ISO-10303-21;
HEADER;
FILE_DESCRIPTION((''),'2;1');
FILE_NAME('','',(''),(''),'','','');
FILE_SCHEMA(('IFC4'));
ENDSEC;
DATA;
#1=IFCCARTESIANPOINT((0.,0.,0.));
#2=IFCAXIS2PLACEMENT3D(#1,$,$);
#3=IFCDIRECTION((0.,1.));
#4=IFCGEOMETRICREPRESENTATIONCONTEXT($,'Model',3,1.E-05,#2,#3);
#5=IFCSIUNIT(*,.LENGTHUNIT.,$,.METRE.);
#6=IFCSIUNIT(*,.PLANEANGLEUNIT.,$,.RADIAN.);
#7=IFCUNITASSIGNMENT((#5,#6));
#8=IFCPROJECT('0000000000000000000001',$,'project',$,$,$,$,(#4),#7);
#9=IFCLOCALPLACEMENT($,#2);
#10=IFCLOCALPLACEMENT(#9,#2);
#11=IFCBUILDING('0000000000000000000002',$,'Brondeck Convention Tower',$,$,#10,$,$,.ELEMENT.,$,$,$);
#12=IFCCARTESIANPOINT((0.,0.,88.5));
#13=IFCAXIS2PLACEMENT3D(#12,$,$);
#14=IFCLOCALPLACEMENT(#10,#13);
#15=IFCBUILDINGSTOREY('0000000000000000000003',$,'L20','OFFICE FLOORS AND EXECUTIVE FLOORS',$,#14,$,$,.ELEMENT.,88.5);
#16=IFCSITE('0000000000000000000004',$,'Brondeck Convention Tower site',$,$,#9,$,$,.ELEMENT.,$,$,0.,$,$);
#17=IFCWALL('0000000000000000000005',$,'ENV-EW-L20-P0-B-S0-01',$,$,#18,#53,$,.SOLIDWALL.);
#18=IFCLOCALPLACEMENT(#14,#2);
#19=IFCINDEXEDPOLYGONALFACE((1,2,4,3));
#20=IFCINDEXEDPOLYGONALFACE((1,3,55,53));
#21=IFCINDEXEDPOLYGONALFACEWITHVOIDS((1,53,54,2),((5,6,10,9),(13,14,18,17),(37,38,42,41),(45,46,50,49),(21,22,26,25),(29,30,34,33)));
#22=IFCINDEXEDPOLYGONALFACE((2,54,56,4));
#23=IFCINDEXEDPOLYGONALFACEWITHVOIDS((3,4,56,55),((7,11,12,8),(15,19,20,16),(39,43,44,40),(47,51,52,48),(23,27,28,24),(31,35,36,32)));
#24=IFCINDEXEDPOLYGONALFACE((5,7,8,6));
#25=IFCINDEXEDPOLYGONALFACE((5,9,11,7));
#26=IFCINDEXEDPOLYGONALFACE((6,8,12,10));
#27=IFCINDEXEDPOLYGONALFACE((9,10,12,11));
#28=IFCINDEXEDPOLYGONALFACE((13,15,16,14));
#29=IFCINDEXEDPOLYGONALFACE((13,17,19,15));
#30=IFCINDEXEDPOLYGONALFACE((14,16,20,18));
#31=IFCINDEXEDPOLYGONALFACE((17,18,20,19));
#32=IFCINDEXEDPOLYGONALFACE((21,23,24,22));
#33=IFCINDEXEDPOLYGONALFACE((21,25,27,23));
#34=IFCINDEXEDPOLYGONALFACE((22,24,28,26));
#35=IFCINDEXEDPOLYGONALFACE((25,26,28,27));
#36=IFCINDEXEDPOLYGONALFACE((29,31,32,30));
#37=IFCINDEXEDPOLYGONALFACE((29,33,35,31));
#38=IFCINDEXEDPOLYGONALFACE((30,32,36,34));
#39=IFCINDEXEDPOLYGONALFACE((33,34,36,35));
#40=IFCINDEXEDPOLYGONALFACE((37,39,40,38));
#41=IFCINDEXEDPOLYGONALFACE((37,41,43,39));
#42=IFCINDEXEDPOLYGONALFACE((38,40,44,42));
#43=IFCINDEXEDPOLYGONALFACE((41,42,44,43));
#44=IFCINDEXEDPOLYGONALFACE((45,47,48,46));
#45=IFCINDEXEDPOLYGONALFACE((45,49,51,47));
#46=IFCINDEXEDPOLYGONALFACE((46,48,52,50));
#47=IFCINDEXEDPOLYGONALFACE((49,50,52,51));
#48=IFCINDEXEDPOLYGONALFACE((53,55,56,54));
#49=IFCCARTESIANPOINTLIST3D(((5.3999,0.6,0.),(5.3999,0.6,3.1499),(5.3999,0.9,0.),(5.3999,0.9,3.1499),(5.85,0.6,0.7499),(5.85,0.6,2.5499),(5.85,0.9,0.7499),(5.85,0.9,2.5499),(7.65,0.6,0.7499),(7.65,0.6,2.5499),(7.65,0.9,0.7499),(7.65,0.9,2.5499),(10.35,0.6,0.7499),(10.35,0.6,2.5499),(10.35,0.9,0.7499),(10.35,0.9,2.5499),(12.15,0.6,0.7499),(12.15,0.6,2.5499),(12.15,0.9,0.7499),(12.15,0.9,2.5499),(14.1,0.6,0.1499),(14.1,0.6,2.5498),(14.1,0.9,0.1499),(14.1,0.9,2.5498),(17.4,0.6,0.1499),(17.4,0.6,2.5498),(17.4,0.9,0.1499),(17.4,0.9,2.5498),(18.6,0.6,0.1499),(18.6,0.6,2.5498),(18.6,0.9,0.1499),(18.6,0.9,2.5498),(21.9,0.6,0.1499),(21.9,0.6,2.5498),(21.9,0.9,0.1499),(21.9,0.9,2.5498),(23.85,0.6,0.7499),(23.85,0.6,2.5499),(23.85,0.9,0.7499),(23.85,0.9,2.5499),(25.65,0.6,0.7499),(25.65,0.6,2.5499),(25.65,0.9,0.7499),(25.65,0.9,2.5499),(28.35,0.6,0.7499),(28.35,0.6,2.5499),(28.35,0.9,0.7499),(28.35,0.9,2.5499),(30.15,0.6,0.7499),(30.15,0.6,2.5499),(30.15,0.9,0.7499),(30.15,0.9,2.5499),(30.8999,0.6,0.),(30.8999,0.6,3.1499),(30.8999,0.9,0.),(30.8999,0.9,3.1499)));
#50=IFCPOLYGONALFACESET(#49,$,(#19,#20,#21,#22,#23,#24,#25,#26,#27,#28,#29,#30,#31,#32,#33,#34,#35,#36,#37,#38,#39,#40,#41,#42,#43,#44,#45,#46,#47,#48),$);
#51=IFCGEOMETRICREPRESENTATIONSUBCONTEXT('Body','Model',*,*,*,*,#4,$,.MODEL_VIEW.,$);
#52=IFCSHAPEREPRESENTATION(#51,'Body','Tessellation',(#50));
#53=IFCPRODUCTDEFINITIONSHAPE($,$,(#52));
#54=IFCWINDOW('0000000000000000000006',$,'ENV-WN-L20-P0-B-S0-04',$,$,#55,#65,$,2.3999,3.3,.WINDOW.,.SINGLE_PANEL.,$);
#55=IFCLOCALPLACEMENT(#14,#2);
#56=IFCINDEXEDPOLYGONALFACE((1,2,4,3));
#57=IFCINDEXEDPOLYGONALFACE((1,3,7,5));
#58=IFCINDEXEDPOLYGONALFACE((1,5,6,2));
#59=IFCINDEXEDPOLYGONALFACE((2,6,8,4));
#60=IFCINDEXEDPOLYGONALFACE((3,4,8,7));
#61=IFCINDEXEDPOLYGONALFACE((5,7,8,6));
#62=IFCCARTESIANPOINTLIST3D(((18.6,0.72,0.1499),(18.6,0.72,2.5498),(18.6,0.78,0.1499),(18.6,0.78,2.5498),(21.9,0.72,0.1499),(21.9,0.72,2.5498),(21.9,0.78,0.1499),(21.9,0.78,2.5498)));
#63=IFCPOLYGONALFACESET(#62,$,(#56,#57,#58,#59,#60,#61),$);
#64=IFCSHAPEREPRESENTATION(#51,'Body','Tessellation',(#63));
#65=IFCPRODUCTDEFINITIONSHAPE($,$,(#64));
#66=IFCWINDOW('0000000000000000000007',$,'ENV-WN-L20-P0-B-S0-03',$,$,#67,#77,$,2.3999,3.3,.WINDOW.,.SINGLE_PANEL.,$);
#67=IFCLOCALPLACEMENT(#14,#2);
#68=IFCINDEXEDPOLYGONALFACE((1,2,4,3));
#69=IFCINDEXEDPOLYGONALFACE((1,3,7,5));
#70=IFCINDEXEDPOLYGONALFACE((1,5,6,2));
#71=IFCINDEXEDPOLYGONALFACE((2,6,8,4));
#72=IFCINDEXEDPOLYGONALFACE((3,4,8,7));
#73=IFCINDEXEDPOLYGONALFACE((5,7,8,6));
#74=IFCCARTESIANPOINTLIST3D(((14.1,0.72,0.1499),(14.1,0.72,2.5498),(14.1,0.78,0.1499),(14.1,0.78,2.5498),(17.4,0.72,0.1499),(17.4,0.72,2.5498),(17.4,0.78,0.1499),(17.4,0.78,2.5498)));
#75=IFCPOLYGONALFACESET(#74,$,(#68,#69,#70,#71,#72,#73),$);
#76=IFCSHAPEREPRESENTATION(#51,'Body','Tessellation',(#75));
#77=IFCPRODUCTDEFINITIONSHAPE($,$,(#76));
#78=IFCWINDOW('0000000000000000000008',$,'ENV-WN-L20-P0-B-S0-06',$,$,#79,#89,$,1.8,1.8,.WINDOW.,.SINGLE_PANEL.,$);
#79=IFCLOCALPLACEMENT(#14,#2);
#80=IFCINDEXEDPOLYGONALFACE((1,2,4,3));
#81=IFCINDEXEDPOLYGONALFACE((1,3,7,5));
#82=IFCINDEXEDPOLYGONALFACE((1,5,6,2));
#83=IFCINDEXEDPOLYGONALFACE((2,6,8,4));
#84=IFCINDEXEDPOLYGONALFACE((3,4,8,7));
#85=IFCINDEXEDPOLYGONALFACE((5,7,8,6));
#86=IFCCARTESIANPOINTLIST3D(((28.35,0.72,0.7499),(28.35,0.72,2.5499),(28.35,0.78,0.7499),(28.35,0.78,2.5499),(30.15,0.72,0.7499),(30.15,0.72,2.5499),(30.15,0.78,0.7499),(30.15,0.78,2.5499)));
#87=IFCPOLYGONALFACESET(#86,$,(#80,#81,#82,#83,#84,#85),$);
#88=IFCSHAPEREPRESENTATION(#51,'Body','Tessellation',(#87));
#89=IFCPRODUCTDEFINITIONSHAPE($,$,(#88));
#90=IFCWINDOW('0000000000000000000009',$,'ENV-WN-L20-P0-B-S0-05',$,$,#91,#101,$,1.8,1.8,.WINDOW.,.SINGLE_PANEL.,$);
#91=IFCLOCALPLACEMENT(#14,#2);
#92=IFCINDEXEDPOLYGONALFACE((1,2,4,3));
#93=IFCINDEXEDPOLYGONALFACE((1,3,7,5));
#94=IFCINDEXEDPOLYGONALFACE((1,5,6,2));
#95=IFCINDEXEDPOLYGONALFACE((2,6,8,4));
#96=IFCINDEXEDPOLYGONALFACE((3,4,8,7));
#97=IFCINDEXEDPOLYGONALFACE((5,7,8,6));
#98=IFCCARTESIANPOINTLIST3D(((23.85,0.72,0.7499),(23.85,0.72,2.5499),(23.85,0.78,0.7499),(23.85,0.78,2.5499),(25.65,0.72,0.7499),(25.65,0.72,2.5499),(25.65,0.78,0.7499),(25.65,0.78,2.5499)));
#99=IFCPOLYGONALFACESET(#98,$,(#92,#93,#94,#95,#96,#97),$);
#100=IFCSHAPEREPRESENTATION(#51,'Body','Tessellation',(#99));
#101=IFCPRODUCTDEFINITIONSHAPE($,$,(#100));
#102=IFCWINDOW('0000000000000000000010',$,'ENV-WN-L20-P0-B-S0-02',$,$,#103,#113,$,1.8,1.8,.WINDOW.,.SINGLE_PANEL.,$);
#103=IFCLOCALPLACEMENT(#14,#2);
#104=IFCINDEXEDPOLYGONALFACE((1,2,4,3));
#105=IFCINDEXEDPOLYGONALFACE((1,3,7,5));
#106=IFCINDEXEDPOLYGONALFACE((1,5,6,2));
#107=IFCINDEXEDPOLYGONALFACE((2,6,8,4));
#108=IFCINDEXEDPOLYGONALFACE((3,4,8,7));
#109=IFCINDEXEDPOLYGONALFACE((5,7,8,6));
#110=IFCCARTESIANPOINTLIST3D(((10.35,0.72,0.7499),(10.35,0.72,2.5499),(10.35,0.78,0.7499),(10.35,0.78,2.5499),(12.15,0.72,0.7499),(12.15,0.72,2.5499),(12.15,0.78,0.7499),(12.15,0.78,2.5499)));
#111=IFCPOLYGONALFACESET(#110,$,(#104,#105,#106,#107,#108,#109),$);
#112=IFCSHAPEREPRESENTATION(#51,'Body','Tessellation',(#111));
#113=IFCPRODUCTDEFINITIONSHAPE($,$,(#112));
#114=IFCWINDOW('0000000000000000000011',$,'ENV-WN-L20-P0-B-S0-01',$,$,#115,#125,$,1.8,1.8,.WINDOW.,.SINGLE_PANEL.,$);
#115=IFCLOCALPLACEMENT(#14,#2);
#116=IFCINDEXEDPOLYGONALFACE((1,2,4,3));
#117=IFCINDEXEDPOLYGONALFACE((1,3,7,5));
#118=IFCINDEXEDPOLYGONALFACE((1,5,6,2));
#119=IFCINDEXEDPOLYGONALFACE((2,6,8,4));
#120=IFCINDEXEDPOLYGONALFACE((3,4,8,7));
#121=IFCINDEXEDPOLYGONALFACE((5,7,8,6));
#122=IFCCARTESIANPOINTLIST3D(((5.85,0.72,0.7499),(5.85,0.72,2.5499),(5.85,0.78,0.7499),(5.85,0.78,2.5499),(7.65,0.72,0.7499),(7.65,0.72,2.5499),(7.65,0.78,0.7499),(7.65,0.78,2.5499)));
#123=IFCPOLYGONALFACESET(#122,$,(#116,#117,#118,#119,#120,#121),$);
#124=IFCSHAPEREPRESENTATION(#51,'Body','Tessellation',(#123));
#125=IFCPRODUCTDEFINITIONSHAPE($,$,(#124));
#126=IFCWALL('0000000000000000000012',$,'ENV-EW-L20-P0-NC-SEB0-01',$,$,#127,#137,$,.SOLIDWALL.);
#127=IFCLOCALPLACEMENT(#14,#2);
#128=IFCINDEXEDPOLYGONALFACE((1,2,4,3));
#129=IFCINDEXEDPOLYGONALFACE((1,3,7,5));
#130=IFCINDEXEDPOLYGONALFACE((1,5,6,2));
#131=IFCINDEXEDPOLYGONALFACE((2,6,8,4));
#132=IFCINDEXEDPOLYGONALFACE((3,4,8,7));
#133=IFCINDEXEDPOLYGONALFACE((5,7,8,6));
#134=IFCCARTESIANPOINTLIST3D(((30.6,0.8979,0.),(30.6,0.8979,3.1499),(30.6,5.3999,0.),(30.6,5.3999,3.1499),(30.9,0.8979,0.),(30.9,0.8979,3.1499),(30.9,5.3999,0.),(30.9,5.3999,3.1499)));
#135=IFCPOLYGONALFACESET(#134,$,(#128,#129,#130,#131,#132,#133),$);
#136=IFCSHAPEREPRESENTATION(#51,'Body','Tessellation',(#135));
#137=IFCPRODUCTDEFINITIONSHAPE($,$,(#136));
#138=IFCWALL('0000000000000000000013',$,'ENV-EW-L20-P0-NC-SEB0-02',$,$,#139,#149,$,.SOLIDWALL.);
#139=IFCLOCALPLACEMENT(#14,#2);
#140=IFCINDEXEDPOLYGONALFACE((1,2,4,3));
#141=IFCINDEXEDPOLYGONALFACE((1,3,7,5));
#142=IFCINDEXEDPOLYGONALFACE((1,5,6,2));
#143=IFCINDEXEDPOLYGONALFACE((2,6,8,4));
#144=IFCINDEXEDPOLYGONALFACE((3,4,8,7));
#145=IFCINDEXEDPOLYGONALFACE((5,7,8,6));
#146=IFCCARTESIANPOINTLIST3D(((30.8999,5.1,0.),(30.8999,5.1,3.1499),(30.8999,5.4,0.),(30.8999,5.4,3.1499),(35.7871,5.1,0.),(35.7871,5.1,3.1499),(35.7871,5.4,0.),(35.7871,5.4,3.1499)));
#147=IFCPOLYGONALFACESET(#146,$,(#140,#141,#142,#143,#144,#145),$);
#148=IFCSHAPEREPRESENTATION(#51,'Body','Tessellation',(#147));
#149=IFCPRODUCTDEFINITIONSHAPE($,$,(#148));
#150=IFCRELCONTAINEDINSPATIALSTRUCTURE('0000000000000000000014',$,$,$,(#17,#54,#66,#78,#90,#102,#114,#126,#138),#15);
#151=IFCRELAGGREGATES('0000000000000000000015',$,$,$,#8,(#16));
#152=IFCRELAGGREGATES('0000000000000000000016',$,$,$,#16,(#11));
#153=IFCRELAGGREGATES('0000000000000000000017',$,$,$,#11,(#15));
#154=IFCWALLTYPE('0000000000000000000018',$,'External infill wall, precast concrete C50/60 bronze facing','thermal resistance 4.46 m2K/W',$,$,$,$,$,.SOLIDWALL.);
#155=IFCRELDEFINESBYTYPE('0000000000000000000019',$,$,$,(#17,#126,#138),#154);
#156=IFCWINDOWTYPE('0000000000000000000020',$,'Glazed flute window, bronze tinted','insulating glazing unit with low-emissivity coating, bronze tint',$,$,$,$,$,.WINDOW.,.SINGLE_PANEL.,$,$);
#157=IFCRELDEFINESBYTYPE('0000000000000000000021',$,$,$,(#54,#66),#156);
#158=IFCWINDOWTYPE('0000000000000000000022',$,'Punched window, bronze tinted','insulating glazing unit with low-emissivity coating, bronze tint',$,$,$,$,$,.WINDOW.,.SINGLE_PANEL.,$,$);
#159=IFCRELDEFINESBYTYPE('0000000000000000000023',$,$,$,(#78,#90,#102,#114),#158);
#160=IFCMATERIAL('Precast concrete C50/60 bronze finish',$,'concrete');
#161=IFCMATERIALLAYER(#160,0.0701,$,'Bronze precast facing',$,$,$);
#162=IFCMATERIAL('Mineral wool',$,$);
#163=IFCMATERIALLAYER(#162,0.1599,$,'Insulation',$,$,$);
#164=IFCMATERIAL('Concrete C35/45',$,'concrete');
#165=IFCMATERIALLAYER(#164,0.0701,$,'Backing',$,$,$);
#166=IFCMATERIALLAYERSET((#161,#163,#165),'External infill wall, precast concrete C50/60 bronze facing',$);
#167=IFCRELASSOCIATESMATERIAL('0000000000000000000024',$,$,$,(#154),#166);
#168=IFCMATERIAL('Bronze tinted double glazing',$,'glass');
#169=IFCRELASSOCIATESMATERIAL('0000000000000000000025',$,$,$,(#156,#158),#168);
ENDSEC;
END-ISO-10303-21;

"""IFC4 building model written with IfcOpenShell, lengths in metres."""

from ifc_helpers import new_model, si_unit, direction, frame, frame_2d, origin, place, context, subcontext, project, spatial, rectangle, extrude, material, layer, layer_set, type_object, element, fill, save


model = new_model("IFC4")

# Units and contexts
model_context = context("Model", 3, precision=1e-05, world=origin(), true_north=direction((0.0, 1.0)))
body_context = subcontext(model_context, "Body", "Model", "MODEL_VIEW")
ifc_project = project(units=[si_unit("LENGTHUNIT", "METRE"), si_unit("PLANEANGLEUNIT", "RADIAN")], contexts=[model_context])

# Site, building, storey
site_placement = place(None, origin())
site = spatial("IfcSite", under=ifc_project, at=site_placement, Name="Brondeck Convention Tower site", CompositionType="ELEMENT", RefElevation=0.0)
building_placement = place(site_placement, origin())
building = spatial("IfcBuilding", under=site, at=building_placement, Name="Brondeck Convention Tower", CompositionType="ELEMENT")
storey_placement = place(building_placement, frame((0.0, 0.0, 88.5)))
storey = spatial("IfcBuildingStorey", under=building, at=storey_placement, Name="L20", Description="OFFICE FLOORS AND EXECUTIVE FLOORS", CompositionType="ELEMENT", Elevation=88.5)

# Wall, openings, windows
ifc_material_1 = material(Name="Precast concrete C50/60 bronze finish", Category="concrete")
ifc_layer_1 = layer(ifc_material_1, 0.0701, Name="Bronze precast facing")
ifc_material_2 = material(Name="Mineral wool")
ifc_layer_2 = layer(ifc_material_2, 0.1599, Name="Insulation")
ifc_material_3 = material(Name="Concrete C35/45", Category="concrete")
ifc_layer_3 = layer(ifc_material_3, 0.0701, Name="Backing")
ifc_layer_set = layer_set([ifc_layer_1, ifc_layer_2, ifc_layer_3], Name="External infill wall, precast concrete C50/60 bronze facing")
wall_type = type_object("IfcWallType", Name="External infill wall, precast concrete C50/60 bronze facing", Description="thermal resistance 4.46 m2K/W", PredefinedType="SOLIDWALL", material=ifc_layer_set)
wall_1_placement = place(storey_placement, frame((30.8999, 0.75, 0.0), z_axis=(0.0, 0.0, 1.0), x_axis=(-1.0, 0.0, 0.0)))
wall_1 = element("IfcWall", 1, at=wall_1_placement, inside=storey, type_object=wall_type, Name="ENV-EW-L20-P0-B-S0-01", PredefinedType="SOLIDWALL", context=body_context, shape_type="SweptSolid", body=[
    extrude(rectangle(XDim=25.5, YDim=0.3, at=frame_2d((12.75, 0.0))), origin(), (0.0, 0.0, 1.0), 3.1499),
])
opening_1_placement = place(wall_1_placement, frame((0.75, 0.0, 0.75)))
opening_1 = element("IfcOpeningElement", 2, at=opening_1_placement, cuts=wall_1, PredefinedType="OPENING", context=body_context, shape_type="SweptSolid", body=[
    extrude(rectangle(XDim=1.8, YDim=1.8, at=frame_2d((0.8999, 0.8999))), frame((0.0, 0.1599, 0.0), z_axis=(0.0, -1.0, 0.0), x_axis=(1.0, 0.0, 0.0)), (0.0, 0.0, 1.0), 0.3201),
])
opening_2_placement = place(wall_1_placement, frame((5.25, 0.0, 0.75)))
opening_2 = element("IfcOpeningElement", 3, at=opening_2_placement, cuts=wall_1, PredefinedType="OPENING", context=body_context, shape_type="SweptSolid", body=[
    extrude(rectangle(XDim=1.8, YDim=1.8, at=frame_2d((0.8999, 0.8999))), frame((0.0, 0.1599, 0.0), z_axis=(0.0, -1.0, 0.0), x_axis=(1.0, 0.0, 0.0)), (0.0, 0.0, 1.0), 0.3201),
])
opening_3_placement = place(wall_1_placement, frame((9.0, 0.0, 0.1499)))
opening_3 = element("IfcOpeningElement", 4, at=opening_3_placement, cuts=wall_1, PredefinedType="OPENING", context=body_context, shape_type="SweptSolid", body=[
    extrude(rectangle(XDim=3.3, YDim=2.3999, at=frame_2d((1.6499, 1.2))), frame((0.0, 0.1599, 0.0), z_axis=(0.0, -1.0, 0.0), x_axis=(1.0, 0.0, 0.0)), (0.0, 0.0, 1.0), 0.3201),
])
opening_4_placement = place(wall_1_placement, frame((13.5, 0.0, 0.1499)))
opening_4 = element("IfcOpeningElement", 5, at=opening_4_placement, cuts=wall_1, PredefinedType="OPENING", context=body_context, shape_type="SweptSolid", body=[
    extrude(rectangle(XDim=3.3, YDim=2.3999, at=frame_2d((1.6499, 1.2))), frame((0.0, 0.1599, 0.0), z_axis=(0.0, -1.0, 0.0), x_axis=(1.0, 0.0, 0.0)), (0.0, 0.0, 1.0), 0.3201),
])
opening_5_placement = place(wall_1_placement, frame((18.75, 0.0, 0.75)))
opening_5 = element("IfcOpeningElement", 6, at=opening_5_placement, cuts=wall_1, PredefinedType="OPENING", context=body_context, shape_type="SweptSolid", body=[
    extrude(rectangle(XDim=1.8, YDim=1.8, at=frame_2d((0.8999, 0.8999))), frame((0.0, 0.1599, 0.0), z_axis=(0.0, -1.0, 0.0), x_axis=(1.0, 0.0, 0.0)), (0.0, 0.0, 1.0), 0.3201),
])
opening_6_placement = place(wall_1_placement, frame((23.25, 0.0, 0.75)))
opening_6 = element("IfcOpeningElement", 7, at=opening_6_placement, cuts=wall_1, PredefinedType="OPENING", context=body_context, shape_type="SweptSolid", body=[
    extrude(rectangle(XDim=1.8, YDim=1.8, at=frame_2d((0.8999, 0.8999))), frame((0.0, 0.1599, 0.0), z_axis=(0.0, -1.0, 0.0), x_axis=(1.0, 0.0, 0.0)), (0.0, 0.0, 1.0), 0.3201),
])
ifc_material_4 = material(Name="Bronze tinted double glazing", Category="glass")
window_type_1 = type_object("IfcWindowType", Name="Glazed flute window, bronze tinted", Description="insulating glazing unit with low-emissivity coating, bronze tint", PartitioningType="SINGLE_PANEL", PredefinedType="WINDOW", material=ifc_material_4)
window_1_placement = place(opening_3_placement, origin())
window_1 = element("IfcWindow", 8, at=window_1_placement, inside=storey, type_object=window_type_1, Name="ENV-WN-L20-P0-B-S0-04", OverallHeight=2.3999, OverallWidth=3.3, PartitioningType="SINGLE_PANEL", PredefinedType="WINDOW", context=body_context, shape_type="SweptSolid", body=[
    extrude(rectangle(XDim=3.3, YDim=2.3999, at=frame_2d((1.6499, 1.2))), frame((0.0, 0.03, 0.0), z_axis=(0.0, -1.0, 0.0), x_axis=(1.0, 0.0, 0.0)), (0.0, 0.0, 1.0), 0.0601),
])
fill(opening_3, window_1)
window_2_placement = place(opening_4_placement, origin())
window_2 = element("IfcWindow", 9, at=window_2_placement, inside=storey, type_object=window_type_1, Name="ENV-WN-L20-P0-B-S0-03", OverallHeight=2.3999, OverallWidth=3.3, PartitioningType="SINGLE_PANEL", PredefinedType="WINDOW", context=body_context, shape_type="SweptSolid", body=[
    extrude(rectangle(XDim=3.3, YDim=2.3999, at=frame_2d((1.6499, 1.2))), frame((0.0, 0.03, 0.0), z_axis=(0.0, -1.0, 0.0), x_axis=(1.0, 0.0, 0.0)), (0.0, 0.0, 1.0), 0.0601),
])
fill(opening_4, window_2)
window_type_2 = type_object("IfcWindowType", Name="Punched window, bronze tinted", Description="insulating glazing unit with low-emissivity coating, bronze tint", PartitioningType="SINGLE_PANEL", PredefinedType="WINDOW", material=ifc_material_4)
window_3_placement = place(opening_1_placement, origin())
window_3 = element("IfcWindow", 10, at=window_3_placement, inside=storey, type_object=window_type_2, Name="ENV-WN-L20-P0-B-S0-06", OverallHeight=1.8, OverallWidth=1.8, PartitioningType="SINGLE_PANEL", PredefinedType="WINDOW", context=body_context, shape_type="SweptSolid", body=[
    extrude(rectangle(XDim=1.8, YDim=1.8, at=frame_2d((0.8999, 0.8999))), frame((0.0, 0.03, 0.0), z_axis=(0.0, -1.0, 0.0), x_axis=(1.0, 0.0, 0.0)), (0.0, 0.0, 1.0), 0.0601),
])
fill(opening_1, window_3)
window_4_placement = place(opening_2_placement, origin())
window_4 = element("IfcWindow", 11, at=window_4_placement, inside=storey, type_object=window_type_2, Name="ENV-WN-L20-P0-B-S0-05", OverallHeight=1.8, OverallWidth=1.8, PartitioningType="SINGLE_PANEL", PredefinedType="WINDOW", context=body_context, shape_type="SweptSolid", body=[
    extrude(rectangle(XDim=1.8, YDim=1.8, at=frame_2d((0.8999, 0.8999))), frame((0.0, 0.03, 0.0), z_axis=(0.0, -1.0, 0.0), x_axis=(1.0, 0.0, 0.0)), (0.0, 0.0, 1.0), 0.0601),
])
fill(opening_2, window_4)
window_5_placement = place(opening_5_placement, origin())
window_5 = element("IfcWindow", 12, at=window_5_placement, inside=storey, type_object=window_type_2, Name="ENV-WN-L20-P0-B-S0-02", OverallHeight=1.8, OverallWidth=1.8, PartitioningType="SINGLE_PANEL", PredefinedType="WINDOW", context=body_context, shape_type="SweptSolid", body=[
    extrude(rectangle(XDim=1.8, YDim=1.8, at=frame_2d((0.8999, 0.8999))), frame((0.0, 0.03, 0.0), z_axis=(0.0, -1.0, 0.0), x_axis=(1.0, 0.0, 0.0)), (0.0, 0.0, 1.0), 0.0601),
])
fill(opening_5, window_5)
window_6_placement = place(opening_6_placement, origin())
window_6 = element("IfcWindow", 13, at=window_6_placement, inside=storey, type_object=window_type_2, Name="ENV-WN-L20-P0-B-S0-01", OverallHeight=1.8, OverallWidth=1.8, PartitioningType="SINGLE_PANEL", PredefinedType="WINDOW", context=body_context, shape_type="SweptSolid", body=[
    extrude(rectangle(XDim=1.8, YDim=1.8, at=frame_2d((0.8999, 0.8999))), frame((0.0, 0.03, 0.0), z_axis=(0.0, -1.0, 0.0), x_axis=(1.0, 0.0, 0.0)), (0.0, 0.0, 1.0), 0.0601),
])
fill(opening_6, window_6)

# Walls
wall_2_placement = place(storey_placement, frame((30.75, 5.3999, 0.0), z_axis=(0.0, 0.0, 1.0), x_axis=(0.0, -1.0, 0.0)))
element("IfcWall", 14, at=wall_2_placement, inside=storey, type_object=wall_type, Name="ENV-EW-L20-P0-NC-SEB0-01", PredefinedType="SOLIDWALL", context=body_context, shape_type="SweptSolid", body=[
    extrude(rectangle(XDim=4.502, YDim=0.3, at=frame_2d((2.251, 0.0))), origin(), (0.0, 0.0, 1.0), 3.1499),
])
wall_3_placement = place(storey_placement, frame((35.7871, 5.25, 0.0), z_axis=(0.0, 0.0, 1.0), x_axis=(-1.0, 0.0, 0.0)))
element("IfcWall", 15, at=wall_3_placement, inside=storey, type_object=wall_type, Name="ENV-EW-L20-P0-NC-SEB0-02", PredefinedType="SOLIDWALL", context=body_context, shape_type="SweptSolid", body=[
    extrude(rectangle(XDim=4.8872, YDim=0.3, at=frame_2d((2.4436, 0.0))), origin(), (0.0, 0.0, 1.0), 3.1499),
])

save(model, "model.ifc")
